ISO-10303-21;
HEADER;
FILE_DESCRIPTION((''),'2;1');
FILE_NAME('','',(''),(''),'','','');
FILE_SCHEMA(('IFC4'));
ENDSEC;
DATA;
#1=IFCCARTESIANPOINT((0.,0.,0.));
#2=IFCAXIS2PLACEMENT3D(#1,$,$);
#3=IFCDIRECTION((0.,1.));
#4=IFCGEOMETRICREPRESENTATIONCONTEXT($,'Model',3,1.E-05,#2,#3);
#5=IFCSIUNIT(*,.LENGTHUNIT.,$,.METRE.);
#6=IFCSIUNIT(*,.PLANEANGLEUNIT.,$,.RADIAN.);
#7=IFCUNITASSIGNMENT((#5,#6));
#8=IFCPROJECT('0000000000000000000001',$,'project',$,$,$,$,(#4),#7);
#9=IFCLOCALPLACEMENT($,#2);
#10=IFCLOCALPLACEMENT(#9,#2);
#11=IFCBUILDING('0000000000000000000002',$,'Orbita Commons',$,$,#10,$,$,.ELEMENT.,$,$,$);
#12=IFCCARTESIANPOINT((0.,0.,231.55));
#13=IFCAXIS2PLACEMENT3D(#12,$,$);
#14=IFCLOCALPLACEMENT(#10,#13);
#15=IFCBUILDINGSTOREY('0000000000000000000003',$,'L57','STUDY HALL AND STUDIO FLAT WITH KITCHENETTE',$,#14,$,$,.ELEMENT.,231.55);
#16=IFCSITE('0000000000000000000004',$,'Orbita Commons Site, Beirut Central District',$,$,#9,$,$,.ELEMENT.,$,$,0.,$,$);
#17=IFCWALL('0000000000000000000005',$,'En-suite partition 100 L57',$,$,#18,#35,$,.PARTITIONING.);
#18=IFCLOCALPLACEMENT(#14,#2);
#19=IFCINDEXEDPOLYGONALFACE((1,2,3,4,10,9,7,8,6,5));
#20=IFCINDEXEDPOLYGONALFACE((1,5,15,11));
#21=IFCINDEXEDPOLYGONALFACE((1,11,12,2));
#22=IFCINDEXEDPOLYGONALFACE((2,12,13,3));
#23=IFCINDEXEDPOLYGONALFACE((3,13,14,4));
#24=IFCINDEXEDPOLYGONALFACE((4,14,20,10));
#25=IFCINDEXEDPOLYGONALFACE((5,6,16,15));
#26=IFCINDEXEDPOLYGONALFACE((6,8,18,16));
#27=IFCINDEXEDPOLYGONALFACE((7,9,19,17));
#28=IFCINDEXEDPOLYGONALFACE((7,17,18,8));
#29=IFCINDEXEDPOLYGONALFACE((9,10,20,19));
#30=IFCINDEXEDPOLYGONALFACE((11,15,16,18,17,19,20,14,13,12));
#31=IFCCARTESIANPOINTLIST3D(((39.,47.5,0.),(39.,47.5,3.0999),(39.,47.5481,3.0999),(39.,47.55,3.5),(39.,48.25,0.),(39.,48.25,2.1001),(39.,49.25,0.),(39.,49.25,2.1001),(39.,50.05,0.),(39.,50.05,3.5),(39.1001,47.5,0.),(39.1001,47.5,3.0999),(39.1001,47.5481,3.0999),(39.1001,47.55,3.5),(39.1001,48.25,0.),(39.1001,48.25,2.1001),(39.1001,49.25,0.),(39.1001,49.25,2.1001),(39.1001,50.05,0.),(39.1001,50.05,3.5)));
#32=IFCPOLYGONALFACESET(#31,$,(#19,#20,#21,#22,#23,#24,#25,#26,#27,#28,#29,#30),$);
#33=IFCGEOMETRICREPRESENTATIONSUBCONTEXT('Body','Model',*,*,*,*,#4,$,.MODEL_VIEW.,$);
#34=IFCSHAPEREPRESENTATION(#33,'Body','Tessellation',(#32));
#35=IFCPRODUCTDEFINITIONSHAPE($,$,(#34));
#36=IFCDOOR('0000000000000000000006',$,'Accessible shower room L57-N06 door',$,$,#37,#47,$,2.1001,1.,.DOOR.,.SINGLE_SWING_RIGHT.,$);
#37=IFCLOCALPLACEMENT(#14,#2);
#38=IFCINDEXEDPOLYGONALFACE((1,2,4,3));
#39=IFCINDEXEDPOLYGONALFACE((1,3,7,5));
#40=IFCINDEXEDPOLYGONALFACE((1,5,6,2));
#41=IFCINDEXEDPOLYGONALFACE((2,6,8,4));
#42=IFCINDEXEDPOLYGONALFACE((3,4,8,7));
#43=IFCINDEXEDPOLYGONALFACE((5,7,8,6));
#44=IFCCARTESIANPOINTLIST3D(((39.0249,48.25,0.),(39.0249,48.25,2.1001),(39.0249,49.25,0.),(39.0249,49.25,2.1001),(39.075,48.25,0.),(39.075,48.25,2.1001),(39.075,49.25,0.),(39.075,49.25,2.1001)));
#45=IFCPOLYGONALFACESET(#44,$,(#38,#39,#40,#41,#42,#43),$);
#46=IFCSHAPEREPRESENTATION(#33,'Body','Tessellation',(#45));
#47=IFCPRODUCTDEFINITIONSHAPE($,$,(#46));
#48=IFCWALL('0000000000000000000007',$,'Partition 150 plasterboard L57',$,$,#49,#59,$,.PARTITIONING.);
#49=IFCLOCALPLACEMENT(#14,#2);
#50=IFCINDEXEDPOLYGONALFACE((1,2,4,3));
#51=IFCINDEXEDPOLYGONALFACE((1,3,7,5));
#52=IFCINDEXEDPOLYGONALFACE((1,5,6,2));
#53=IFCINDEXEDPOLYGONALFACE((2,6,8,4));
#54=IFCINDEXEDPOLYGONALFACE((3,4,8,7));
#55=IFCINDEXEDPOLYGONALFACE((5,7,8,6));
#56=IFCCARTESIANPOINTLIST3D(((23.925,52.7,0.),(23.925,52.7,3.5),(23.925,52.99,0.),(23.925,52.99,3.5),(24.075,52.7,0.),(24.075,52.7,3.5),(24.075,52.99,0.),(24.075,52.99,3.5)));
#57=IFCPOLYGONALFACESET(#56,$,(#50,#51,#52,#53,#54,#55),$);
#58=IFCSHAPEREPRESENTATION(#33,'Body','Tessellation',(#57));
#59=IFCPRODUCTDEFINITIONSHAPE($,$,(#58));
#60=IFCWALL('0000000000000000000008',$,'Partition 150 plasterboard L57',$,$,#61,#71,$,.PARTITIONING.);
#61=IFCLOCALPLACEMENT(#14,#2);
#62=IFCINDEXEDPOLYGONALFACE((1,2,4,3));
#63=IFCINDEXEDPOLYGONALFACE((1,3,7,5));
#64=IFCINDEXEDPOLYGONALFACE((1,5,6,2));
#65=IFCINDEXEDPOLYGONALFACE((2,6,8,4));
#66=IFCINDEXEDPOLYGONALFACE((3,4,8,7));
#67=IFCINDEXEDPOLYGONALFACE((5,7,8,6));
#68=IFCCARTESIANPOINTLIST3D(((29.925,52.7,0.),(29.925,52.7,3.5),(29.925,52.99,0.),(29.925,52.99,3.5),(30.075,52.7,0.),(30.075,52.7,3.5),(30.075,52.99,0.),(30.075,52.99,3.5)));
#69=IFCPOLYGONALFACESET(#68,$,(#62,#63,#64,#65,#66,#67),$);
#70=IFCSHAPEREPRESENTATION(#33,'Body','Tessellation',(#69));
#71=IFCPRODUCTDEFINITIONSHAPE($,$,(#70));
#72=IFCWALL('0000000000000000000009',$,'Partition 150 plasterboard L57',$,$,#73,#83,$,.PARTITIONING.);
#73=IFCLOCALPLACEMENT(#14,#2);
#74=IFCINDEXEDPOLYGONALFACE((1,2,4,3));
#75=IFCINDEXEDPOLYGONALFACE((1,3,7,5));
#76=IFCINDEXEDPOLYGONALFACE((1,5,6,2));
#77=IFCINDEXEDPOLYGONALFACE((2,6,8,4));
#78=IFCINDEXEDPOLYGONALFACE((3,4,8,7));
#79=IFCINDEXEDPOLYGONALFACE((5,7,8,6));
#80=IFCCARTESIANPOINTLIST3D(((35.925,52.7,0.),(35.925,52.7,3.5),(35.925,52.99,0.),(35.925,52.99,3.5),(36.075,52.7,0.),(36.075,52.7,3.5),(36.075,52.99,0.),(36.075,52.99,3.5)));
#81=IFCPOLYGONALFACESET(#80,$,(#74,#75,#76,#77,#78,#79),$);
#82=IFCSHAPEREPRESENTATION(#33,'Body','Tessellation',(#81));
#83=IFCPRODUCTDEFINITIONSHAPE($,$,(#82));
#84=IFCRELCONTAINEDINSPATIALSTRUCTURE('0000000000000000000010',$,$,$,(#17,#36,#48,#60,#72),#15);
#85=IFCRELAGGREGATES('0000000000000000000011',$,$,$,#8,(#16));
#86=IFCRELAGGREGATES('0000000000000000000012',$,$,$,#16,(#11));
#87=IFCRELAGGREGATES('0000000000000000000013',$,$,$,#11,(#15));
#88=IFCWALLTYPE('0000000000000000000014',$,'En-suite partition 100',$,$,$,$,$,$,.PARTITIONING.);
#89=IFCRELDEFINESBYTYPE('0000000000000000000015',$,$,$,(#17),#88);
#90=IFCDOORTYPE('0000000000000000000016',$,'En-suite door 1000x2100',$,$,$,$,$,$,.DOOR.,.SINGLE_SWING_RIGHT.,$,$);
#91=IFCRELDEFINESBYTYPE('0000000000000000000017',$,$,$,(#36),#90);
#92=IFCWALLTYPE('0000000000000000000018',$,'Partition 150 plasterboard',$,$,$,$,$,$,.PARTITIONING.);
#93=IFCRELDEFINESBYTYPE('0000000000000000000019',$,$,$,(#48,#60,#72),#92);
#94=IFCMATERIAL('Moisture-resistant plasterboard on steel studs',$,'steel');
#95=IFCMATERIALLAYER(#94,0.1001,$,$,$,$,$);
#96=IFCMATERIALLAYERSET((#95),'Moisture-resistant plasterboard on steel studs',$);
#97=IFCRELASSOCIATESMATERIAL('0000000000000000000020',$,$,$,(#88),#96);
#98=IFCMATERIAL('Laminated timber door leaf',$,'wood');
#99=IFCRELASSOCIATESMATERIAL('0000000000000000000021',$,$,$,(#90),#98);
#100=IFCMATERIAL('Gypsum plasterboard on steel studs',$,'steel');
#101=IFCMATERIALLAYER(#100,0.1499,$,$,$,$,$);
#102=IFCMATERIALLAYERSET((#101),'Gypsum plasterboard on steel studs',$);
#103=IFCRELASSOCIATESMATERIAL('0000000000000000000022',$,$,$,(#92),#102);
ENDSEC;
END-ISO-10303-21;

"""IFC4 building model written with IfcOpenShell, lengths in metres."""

from ifc_helpers import new_model, si_unit, direction, frame, frame_2d, origin, place, context, subcontext, project, spatial, polyline, rectangle, outline, extrude, material, layer, layer_set, type_object, element, fill, save


model = new_model("IFC4")

# Units and contexts
model_context = context("Model", 3, precision=1e-05, world=origin(), true_north=direction((0.0, 1.0)))
body_context = subcontext(model_context, "Body", "Model", "MODEL_VIEW")
ifc_project = project(units=[si_unit("LENGTHUNIT", "METRE"), si_unit("PLANEANGLEUNIT", "RADIAN")], contexts=[model_context])

# Site, building, storey
site_placement = place(None, origin())
site = spatial("IfcSite", under=ifc_project, at=site_placement, Name="Orbita Commons Site, Beirut Central District", CompositionType="ELEMENT", RefElevation=0.0)
building_placement = place(site_placement, origin())
building = spatial("IfcBuilding", under=site, at=building_placement, Name="Orbita Commons", CompositionType="ELEMENT")
storey_placement = place(building_placement, frame((0.0, 0.0, 231.55)))
storey = spatial("IfcBuildingStorey", under=building, at=storey_placement, Name="L57", Description="STUDY HALL AND STUDIO FLAT WITH KITCHENETTE", CompositionType="ELEMENT", Elevation=231.55)

# Shared definitions
ifc_material_1 = material(Name="Moisture-resistant plasterboard on steel studs", Category="steel")
ifc_layer_1 = layer(ifc_material_1, 0.1001)
ifc_layer_set_1 = layer_set([ifc_layer_1], Name="Moisture-resistant plasterboard on steel studs")
wall_type_1 = type_object("IfcWallType", Name="En-suite partition 100", PredefinedType="PARTITIONING", material=ifc_layer_set_1)

# Wall, opening, door
wall_1_placement = place(storey_placement, frame((39.05, 50.05, 0.0), z_axis=(0.0, 0.0, 1.0), x_axis=(0.0, -1.0, 0.0)))
wall_1 = element("IfcWall", 1, at=wall_1_placement, inside=storey, type_object=wall_type_1, Name="En-suite partition 100 L57", PredefinedType="PARTITIONING", context=body_context, shape_type="SweptSolid", body=[
    extrude(outline(polyline([(0.0, 0.0), (2.55, 0.0), (2.55, 3.0999), (2.502, 3.0999), (2.5, 3.5), (0.0, 3.5), (0.0, 0.0)])), frame((0.0, 0.05, 0.0), z_axis=(0.0, -1.0, 0.0), x_axis=(1.0, 0.0, 0.0)), (0.0, 0.0, 1.0), 0.1001),
])
opening_1_placement = place(wall_1_placement, frame((0.8, 0.0, 0.0)))
opening_1 = element("IfcOpeningElement", 2, at=opening_1_placement, cuts=wall_1, PredefinedType="OPENING", context=body_context, shape_type="SweptSolid", body=[
    extrude(rectangle(XDim=1.0, YDim=2.1001, at=frame_2d((0.5, 1.05))), frame((0.0, 0.0601, 0.0), z_axis=(0.0, -1.0, 0.0), x_axis=(1.0, 0.0, 0.0)), (0.0, 0.0, 1.0), 0.1201),
])
ifc_material_2 = material(Name="Laminated timber door leaf", Category="wood")
door_type_1 = type_object("IfcDoorType", Name="En-suite door 1000x2100", OperationType="SINGLE_SWING_RIGHT", PredefinedType="DOOR", material=ifc_material_2)
door_1_placement = place(opening_1_placement, origin())
door_1 = element("IfcDoor", 3, at=door_1_placement, inside=storey, type_object=door_type_1, Name="Accessible shower room L57-N06 door", OperationType="SINGLE_SWING_RIGHT", OverallHeight=2.1001, OverallWidth=1.0, PredefinedType="DOOR", context=body_context, shape_type="SweptSolid", body=[
    extrude(rectangle(XDim=1.0, YDim=2.1001, at=frame_2d((0.5, 1.05))), frame((0.0, 0.0249, 0.0), z_axis=(0.0, -1.0, 0.0), x_axis=(1.0, 0.0, 0.0)), (0.0, 0.0, 1.0), 0.05),
])
fill(opening_1, door_1)

# Walls
ifc_material_3 = material(Name="Gypsum plasterboard on steel studs", Category="steel")
ifc_layer_2 = layer(ifc_material_3, 0.1499)
ifc_layer_set_2 = layer_set([ifc_layer_2], Name="Gypsum plasterboard on steel studs")
wall_type_2 = type_object("IfcWallType", Name="Partition 150 plasterboard", PredefinedType="PARTITIONING", material=ifc_layer_set_2)
for number, where, z_axis, x_axis, name in (
    (4, (24.0, 52.7, 0.0), (0.0, 0.0, 1.0), (0.0, 1.0, 0.0), "Partition 150 plasterboard L57"),
    (5, (30.0, 52.7, 0.0), (0.0, 0.0, 1.0), (0.0, 1.0, 0.0), "Partition 150 plasterboard L57"),
    (6, (36.0, 52.7, 0.0), (0.0, 0.0, 1.0), (0.0, 1.0, 0.0), "Partition 150 plasterboard L57"),
):
    element("IfcWall", number, at=place(storey_placement, frame(where, z_axis=z_axis, x_axis=x_axis)), inside=storey, type_object=wall_type_2, Name=name, PredefinedType="PARTITIONING", context=body_context, shape_type="SweptSolid", body=[
        extrude(rectangle(XDim=0.29, YDim=0.1499, at=frame_2d((0.145, 0.0))), origin(), (0.0, 0.0, 1.0), 3.5),
    ])

save(model, "model.ifc")
